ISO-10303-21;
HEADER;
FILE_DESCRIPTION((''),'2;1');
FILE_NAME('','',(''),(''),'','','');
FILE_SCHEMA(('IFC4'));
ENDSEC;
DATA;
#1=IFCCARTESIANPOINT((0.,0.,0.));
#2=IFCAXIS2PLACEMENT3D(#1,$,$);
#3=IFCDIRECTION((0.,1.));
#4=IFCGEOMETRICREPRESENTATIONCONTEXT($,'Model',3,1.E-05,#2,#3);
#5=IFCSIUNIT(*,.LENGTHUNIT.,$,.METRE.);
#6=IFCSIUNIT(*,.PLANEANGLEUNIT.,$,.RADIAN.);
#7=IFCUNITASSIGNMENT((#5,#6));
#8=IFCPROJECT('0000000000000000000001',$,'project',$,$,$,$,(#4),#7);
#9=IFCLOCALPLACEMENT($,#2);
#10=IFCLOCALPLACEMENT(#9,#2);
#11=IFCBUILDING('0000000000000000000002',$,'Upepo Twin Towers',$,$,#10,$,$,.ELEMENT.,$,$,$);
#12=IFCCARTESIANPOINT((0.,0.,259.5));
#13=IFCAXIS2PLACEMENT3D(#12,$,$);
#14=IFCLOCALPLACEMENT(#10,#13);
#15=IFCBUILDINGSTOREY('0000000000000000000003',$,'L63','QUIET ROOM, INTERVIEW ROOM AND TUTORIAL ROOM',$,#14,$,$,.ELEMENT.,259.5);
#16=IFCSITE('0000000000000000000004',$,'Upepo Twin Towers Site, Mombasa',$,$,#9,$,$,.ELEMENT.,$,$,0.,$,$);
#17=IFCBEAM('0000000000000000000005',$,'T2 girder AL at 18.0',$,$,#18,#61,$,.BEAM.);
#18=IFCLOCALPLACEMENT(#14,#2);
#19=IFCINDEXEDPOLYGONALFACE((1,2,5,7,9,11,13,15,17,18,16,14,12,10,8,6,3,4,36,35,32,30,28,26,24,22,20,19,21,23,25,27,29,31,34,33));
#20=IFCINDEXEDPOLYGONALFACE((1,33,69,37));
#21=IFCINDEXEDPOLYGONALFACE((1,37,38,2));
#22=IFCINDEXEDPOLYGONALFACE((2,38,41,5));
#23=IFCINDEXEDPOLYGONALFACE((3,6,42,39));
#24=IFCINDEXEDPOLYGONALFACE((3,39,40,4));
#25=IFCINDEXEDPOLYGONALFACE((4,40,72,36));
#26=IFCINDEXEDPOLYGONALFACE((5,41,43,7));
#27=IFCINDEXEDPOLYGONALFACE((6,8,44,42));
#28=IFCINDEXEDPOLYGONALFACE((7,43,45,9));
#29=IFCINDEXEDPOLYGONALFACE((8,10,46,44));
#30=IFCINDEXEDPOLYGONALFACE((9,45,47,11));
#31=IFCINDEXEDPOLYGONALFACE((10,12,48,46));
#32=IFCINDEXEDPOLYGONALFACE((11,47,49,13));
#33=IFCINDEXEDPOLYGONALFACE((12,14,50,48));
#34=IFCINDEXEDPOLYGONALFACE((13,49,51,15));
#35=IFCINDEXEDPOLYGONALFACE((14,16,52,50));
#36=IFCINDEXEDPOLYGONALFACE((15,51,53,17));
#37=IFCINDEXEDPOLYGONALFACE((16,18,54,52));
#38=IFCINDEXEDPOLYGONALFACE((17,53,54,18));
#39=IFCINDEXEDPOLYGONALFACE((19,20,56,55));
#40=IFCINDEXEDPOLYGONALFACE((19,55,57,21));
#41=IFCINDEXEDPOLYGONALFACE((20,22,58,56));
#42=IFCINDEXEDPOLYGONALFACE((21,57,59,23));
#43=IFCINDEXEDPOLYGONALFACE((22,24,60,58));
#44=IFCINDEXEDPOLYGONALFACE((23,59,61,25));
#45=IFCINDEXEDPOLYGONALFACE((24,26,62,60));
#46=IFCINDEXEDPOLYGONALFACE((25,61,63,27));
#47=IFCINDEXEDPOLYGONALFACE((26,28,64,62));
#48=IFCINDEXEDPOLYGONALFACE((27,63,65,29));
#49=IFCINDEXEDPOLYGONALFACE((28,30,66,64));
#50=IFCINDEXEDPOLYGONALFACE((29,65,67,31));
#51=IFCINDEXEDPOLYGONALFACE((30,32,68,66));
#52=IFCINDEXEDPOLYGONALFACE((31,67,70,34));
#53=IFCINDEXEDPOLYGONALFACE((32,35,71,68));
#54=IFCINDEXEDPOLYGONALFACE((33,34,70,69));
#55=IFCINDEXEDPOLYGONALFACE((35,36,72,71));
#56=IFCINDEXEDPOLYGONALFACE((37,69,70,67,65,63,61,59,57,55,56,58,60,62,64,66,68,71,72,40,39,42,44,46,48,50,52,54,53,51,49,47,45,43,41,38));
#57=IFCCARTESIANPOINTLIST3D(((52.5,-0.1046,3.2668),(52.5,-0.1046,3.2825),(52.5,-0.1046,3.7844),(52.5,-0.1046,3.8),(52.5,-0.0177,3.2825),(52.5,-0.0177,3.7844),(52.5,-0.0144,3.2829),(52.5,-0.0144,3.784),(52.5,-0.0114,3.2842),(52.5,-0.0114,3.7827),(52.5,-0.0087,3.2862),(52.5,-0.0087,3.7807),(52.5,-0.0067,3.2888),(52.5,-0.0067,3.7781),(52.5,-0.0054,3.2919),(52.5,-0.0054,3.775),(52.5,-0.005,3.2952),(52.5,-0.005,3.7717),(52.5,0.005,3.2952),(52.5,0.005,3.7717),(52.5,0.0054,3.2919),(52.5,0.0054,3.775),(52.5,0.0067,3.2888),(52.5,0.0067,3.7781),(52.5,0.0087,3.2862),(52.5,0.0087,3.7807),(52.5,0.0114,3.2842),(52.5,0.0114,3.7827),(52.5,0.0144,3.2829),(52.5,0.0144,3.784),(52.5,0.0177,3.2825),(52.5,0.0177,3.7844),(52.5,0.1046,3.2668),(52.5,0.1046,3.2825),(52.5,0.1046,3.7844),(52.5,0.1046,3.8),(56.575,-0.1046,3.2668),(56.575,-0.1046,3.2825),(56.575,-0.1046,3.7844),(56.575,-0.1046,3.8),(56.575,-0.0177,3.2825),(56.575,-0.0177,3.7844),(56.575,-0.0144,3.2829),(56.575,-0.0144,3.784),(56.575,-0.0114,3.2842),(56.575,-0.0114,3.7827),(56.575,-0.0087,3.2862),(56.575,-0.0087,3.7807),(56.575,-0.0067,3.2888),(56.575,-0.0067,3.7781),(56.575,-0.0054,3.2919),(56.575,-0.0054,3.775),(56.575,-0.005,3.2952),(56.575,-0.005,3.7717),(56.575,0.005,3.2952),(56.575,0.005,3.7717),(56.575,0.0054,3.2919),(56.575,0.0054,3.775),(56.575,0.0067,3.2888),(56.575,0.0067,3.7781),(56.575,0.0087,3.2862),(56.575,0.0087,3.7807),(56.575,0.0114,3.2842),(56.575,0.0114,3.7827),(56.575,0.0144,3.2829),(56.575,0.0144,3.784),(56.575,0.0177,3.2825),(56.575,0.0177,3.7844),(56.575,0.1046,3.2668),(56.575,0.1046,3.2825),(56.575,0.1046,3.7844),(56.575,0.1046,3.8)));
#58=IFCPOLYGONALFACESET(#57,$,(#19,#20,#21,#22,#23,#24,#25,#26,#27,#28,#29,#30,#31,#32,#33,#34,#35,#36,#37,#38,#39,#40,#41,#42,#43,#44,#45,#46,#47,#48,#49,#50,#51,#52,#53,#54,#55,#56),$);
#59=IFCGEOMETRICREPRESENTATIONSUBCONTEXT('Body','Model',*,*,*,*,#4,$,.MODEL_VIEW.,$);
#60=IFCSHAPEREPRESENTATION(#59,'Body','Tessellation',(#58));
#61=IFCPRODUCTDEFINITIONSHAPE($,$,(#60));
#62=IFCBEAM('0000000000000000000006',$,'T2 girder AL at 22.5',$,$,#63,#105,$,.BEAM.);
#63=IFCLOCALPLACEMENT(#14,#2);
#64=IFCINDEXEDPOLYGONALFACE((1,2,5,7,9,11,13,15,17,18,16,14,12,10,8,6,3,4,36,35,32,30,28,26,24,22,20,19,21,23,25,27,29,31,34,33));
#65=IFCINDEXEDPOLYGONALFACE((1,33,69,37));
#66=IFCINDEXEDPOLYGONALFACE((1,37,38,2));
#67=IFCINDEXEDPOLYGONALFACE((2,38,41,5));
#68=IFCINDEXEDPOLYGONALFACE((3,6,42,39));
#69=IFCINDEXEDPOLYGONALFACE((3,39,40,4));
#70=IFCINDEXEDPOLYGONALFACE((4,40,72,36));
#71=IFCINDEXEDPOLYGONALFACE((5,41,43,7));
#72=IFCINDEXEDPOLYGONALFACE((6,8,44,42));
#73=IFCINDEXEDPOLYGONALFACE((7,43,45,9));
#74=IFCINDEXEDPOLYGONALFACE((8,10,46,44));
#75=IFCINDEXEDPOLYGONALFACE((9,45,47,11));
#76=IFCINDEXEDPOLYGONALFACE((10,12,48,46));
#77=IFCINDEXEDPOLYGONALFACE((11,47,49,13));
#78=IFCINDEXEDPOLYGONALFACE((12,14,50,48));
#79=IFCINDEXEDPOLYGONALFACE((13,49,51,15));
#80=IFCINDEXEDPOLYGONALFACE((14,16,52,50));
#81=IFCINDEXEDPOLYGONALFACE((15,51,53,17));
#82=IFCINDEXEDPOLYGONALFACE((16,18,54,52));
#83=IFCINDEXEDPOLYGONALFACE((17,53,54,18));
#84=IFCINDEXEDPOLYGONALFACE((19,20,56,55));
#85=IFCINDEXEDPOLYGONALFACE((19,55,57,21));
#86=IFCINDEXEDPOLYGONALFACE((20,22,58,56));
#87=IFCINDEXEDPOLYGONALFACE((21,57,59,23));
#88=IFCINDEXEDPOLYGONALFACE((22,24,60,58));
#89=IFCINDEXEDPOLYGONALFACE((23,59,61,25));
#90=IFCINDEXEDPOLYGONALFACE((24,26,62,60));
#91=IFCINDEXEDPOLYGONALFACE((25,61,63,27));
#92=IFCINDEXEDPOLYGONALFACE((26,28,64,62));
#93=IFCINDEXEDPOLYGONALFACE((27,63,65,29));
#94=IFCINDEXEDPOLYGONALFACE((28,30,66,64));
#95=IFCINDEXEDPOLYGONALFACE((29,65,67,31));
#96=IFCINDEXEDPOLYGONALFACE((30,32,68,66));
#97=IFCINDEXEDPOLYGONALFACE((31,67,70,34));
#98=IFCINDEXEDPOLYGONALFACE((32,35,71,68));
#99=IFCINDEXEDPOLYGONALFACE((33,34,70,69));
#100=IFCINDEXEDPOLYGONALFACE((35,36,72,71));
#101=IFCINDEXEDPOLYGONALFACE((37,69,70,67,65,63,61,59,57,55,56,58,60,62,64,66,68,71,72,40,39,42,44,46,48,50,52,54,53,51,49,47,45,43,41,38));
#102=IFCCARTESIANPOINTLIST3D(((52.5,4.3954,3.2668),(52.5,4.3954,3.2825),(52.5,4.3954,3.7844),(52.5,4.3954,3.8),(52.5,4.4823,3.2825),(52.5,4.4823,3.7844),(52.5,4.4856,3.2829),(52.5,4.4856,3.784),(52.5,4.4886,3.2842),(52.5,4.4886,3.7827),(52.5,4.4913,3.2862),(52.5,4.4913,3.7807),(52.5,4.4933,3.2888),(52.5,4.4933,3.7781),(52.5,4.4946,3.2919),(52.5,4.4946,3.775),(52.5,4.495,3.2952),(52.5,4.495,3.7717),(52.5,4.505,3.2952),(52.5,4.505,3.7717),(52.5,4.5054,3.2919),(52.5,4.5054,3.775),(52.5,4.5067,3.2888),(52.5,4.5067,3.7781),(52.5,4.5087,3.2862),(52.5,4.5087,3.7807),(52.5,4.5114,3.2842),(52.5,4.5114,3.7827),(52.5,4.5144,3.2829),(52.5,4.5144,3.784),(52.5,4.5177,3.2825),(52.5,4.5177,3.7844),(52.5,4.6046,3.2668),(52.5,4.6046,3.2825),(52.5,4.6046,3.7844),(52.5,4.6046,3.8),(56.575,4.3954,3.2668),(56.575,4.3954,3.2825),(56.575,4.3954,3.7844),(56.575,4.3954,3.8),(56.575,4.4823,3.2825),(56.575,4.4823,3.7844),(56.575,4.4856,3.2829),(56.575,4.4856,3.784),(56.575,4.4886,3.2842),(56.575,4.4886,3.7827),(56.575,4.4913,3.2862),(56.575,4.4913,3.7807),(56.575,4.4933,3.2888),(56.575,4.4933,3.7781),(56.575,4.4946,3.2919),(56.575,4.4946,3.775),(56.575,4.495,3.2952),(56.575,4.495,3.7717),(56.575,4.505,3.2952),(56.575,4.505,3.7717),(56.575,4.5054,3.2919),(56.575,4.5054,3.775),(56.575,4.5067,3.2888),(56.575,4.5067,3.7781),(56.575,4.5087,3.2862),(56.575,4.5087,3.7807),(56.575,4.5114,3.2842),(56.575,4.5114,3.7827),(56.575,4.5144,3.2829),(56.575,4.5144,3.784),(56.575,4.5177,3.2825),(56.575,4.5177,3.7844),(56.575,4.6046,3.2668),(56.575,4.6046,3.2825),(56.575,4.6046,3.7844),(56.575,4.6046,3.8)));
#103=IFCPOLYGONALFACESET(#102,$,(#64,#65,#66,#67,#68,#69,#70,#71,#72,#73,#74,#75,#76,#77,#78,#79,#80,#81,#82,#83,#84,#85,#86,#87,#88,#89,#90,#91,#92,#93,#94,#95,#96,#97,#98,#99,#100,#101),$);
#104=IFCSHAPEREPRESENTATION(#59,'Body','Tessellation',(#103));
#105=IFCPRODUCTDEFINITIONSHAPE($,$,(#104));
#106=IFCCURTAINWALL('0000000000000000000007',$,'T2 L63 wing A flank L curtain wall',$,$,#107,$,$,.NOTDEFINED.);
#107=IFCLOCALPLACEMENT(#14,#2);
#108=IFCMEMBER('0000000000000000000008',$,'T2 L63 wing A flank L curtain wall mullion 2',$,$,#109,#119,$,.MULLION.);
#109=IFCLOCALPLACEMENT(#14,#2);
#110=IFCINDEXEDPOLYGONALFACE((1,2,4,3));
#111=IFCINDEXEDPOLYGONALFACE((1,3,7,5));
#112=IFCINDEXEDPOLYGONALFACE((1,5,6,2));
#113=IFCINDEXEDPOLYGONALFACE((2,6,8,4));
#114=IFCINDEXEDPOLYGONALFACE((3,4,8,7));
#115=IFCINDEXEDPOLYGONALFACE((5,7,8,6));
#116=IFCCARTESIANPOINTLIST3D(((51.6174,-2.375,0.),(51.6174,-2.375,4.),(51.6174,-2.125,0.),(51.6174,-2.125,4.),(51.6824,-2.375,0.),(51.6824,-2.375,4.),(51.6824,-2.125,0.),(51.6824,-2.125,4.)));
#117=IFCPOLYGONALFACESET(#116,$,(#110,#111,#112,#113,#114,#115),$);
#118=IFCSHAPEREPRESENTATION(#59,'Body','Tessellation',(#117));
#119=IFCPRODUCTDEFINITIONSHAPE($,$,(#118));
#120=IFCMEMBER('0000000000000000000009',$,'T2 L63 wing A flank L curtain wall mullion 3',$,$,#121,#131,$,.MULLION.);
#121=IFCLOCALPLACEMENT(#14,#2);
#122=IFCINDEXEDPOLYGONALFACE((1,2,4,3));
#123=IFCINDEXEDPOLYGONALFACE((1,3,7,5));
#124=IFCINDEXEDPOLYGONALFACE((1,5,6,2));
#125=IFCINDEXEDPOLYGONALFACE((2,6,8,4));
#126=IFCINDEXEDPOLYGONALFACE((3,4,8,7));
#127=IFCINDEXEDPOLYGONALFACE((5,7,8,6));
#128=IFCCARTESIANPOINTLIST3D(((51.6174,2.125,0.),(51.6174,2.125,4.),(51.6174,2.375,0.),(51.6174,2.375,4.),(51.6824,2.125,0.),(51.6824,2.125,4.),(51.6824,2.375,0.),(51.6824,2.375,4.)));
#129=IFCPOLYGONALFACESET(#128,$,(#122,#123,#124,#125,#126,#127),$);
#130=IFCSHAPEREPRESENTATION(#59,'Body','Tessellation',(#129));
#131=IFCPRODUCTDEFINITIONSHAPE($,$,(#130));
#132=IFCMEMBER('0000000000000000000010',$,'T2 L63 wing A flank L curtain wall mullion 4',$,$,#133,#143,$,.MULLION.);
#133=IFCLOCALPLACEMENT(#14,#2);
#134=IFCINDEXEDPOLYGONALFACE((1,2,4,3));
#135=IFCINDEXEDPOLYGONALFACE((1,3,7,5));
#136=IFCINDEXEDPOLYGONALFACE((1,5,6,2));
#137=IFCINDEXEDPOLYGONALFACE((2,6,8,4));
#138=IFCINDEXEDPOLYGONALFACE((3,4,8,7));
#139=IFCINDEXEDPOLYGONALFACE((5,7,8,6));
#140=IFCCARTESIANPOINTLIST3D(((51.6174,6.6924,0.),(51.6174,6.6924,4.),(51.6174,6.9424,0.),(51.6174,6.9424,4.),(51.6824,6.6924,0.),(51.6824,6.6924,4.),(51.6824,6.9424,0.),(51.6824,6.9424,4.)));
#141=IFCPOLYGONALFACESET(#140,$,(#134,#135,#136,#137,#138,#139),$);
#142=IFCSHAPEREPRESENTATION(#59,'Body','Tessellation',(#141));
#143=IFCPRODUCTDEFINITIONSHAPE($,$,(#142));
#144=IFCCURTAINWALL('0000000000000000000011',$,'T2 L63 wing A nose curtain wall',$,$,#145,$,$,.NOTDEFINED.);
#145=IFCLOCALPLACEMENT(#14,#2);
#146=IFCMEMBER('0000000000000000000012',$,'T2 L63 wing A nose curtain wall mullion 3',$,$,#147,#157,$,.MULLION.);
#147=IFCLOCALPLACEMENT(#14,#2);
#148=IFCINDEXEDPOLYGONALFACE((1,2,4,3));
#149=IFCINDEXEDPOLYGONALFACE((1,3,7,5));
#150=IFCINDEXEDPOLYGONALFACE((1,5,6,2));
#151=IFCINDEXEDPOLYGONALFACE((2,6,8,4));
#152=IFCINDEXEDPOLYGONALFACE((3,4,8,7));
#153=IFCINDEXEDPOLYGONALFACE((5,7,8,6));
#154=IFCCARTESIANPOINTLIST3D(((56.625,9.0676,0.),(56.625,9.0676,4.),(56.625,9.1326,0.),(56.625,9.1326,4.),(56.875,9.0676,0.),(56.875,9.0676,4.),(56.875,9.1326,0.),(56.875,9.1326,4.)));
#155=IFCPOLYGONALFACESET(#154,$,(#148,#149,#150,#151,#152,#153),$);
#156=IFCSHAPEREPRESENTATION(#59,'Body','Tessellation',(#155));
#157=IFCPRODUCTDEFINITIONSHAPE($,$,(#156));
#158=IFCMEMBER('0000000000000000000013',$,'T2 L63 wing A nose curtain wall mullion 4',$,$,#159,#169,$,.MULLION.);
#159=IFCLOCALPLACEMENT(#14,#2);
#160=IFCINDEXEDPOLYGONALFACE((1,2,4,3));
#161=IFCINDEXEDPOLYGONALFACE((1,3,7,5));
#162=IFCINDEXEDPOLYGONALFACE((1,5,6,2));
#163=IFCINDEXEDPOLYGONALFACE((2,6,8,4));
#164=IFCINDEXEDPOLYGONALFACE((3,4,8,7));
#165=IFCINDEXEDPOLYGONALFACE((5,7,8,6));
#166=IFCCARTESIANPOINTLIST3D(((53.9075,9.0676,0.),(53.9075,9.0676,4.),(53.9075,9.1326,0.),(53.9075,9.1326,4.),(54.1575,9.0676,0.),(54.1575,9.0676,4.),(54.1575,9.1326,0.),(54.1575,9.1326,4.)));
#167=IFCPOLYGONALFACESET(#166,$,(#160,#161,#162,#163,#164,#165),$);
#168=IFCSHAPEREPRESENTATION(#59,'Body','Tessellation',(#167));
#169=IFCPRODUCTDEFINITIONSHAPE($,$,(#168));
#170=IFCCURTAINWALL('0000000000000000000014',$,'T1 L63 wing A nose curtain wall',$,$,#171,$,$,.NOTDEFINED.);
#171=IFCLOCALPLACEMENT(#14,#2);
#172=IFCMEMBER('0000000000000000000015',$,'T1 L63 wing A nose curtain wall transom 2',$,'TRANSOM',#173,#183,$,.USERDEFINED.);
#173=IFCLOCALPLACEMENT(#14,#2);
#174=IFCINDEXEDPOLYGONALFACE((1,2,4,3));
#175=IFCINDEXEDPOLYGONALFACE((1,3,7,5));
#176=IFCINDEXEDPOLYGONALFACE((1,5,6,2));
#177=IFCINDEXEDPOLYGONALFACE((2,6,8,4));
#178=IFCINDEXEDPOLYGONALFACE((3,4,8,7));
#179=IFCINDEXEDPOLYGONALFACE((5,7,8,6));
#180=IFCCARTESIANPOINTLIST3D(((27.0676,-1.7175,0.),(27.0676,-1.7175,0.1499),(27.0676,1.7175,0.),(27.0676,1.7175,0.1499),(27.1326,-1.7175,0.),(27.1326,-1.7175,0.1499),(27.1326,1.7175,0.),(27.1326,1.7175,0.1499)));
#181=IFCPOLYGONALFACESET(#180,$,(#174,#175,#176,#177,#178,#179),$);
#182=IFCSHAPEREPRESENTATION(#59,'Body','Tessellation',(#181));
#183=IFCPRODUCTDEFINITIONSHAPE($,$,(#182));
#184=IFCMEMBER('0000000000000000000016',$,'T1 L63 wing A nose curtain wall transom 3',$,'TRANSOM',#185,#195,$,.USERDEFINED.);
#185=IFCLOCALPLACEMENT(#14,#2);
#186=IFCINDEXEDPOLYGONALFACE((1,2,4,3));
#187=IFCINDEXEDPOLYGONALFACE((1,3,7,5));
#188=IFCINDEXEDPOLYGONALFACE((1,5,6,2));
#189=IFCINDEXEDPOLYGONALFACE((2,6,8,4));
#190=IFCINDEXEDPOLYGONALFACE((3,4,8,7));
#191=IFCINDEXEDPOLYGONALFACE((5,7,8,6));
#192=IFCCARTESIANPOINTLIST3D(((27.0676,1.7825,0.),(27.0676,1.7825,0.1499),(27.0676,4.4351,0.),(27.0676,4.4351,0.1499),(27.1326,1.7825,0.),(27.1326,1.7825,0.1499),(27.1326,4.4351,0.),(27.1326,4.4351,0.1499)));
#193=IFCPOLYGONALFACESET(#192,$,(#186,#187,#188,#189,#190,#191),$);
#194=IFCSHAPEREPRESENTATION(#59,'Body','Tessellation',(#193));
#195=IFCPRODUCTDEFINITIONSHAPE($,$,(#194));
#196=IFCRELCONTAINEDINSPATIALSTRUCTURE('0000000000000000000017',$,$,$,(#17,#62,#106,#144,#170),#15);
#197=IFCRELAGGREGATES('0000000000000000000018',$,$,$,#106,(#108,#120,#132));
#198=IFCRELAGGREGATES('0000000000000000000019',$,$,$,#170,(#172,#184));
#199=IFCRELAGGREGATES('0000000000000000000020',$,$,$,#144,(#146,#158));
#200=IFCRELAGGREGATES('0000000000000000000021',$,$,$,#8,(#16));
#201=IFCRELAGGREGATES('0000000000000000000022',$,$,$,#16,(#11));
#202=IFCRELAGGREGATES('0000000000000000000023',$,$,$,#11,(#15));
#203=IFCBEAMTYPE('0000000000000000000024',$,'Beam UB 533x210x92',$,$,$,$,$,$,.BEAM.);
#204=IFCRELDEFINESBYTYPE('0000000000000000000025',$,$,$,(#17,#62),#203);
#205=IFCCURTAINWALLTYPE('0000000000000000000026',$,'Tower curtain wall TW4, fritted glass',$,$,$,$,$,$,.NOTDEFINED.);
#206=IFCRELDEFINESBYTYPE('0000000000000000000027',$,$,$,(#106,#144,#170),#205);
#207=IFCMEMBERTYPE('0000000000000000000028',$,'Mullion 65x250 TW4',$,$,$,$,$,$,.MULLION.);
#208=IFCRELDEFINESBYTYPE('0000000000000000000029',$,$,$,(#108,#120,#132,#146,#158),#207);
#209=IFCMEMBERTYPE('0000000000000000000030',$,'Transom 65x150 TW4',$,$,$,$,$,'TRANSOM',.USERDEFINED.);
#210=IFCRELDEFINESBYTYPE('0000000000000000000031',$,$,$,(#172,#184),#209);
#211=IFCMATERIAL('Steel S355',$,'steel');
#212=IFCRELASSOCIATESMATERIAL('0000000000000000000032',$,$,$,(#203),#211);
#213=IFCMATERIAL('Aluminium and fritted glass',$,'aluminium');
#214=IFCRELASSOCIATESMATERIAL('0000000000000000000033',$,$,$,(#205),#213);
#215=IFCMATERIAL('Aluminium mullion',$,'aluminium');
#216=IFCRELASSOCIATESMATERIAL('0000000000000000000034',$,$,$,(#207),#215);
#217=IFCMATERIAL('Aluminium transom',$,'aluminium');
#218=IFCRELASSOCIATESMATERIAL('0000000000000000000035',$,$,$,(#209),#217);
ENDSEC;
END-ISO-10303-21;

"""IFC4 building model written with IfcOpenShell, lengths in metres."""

from ifc_helpers import new_model, si_unit, direction, frame, origin, origin_2d, place, context, subcontext, project, spatial, rectangle, i_section, extrude, material, material_profile, profile_set, type_object, element, aggregate, save


model = new_model("IFC4")

# Units and contexts
model_context = context("Model", 3, precision=1e-05, world=origin(), true_north=direction((0.0, 1.0)))
body_context = subcontext(model_context, "Body", "Model", "MODEL_VIEW")
ifc_project = project(units=[si_unit("LENGTHUNIT", "METRE"), si_unit("PLANEANGLEUNIT", "RADIAN")], contexts=[model_context])

# Site, building, storey
site_placement = place(None, origin())
site = spatial("IfcSite", under=ifc_project, at=site_placement, Name="Upepo Twin Towers Site, Mombasa", CompositionType="ELEMENT", RefElevation=0.0)
building_placement = place(site_placement, origin())
building = spatial("IfcBuilding", under=site, at=building_placement, Name="Upepo Twin Towers", CompositionType="ELEMENT")
storey_placement = place(building_placement, frame((0.0, 0.0, 259.5)))
storey = spatial("IfcBuildingStorey", under=building, at=storey_placement, Name="L63", Description="QUIET ROOM, INTERVIEW ROOM AND TUTORIAL ROOM", CompositionType="ELEMENT", Elevation=259.5)

# Beams
ifc_material_1 = material(Name="Steel S355", Category="steel")
ifc_material_profile_1 = material_profile(ifc_material_1, i_section(OverallWidth=0.2092, OverallDepth=0.5332, WebThickness=0.01, FlangeThickness=0.0156, FilletRadius=0.0127, at=origin_2d()), Name="UB 533x210x92")
ifc_profile_set_1 = profile_set([ifc_material_profile_1], Name="Steel S355")
beam_type_1 = type_object("IfcBeamType", Name="Beam UB 533x210x92", PredefinedType="BEAM", material=ifc_profile_set_1)
for number, where, z_axis, x_axis, name in (
    (1, (52.5, 0.0, 3.5334), (1.0, 0.0, 0.0), (0.0, 1.0, 0.0), "T2 girder AL at 18.0"),
    (2, (52.5, 4.5, 3.5334), (1.0, 0.0, 0.0), (0.0, 1.0, 0.0), "T2 girder AL at 22.5"),
):
    element("IfcBeam", number, at=place(storey_placement, frame(where, z_axis=z_axis, x_axis=x_axis)), inside=storey, type_object=beam_type_1, Name=name, PredefinedType="BEAM", context=body_context, shape_type="SweptSolid", body=[
        extrude(i_section(OverallWidth=0.2092, OverallDepth=0.5332, WebThickness=0.01, FlangeThickness=0.0156, FilletRadius=0.0127, at=origin_2d()), origin(), (0.0, 0.0, 1.0), 4.075),
    ])

# Curtain walls, members
ifc_material_2 = material(Name="Aluminium and fritted glass", Category="aluminium")
curtain_wall_type = type_object("IfcCurtainWallType", Name="Tower curtain wall TW4, fritted glass", PredefinedType="NOTDEFINED", material=ifc_material_2)
curtain_wall_1_placement = place(storey_placement, origin())
curtain_wall_1 = element("IfcCurtainWall", 3, at=curtain_wall_1_placement, inside=storey, type_object=curtain_wall_type, Name="T2 L63 wing A flank L curtain wall", PredefinedType="NOTDEFINED")
ifc_material_3 = material(Name="Aluminium mullion", Category="aluminium")
ifc_material_profile_2 = material_profile(ifc_material_3, rectangle(XDim=0.0649, YDim=0.25, at=origin_2d()), Name="MULLION 65x250")
ifc_profile_set_2 = profile_set([ifc_material_profile_2], Name="Aluminium mullion")
member_type_1 = type_object("IfcMemberType", Name="Mullion 65x250 TW4", PredefinedType="MULLION", material=ifc_profile_set_2)
member_1_placement = place(storey_placement, frame((51.6499, -2.25, 0.0), z_axis=(0.0, 0.0, 1.0), x_axis=(-1.0, 0.0, 0.0)))
member_1 = element("IfcMember", 4, at=member_1_placement, type_object=member_type_1, Name="T2 L63 wing A flank L curtain wall mullion 2", PredefinedType="MULLION", context=body_context, shape_type="SweptSolid", body=[
    extrude(rectangle(XDim=0.0649, YDim=0.25, at=origin_2d()), origin(), (0.0, 0.0, 1.0), 4.0),
])
member_2_placement = place(storey_placement, frame((51.6499, 2.25, 0.0), z_axis=(0.0, 0.0, 1.0), x_axis=(-1.0, 0.0, 0.0)))
member_2 = element("IfcMember", 5, at=member_2_placement, type_object=member_type_1, Name="T2 L63 wing A flank L curtain wall mullion 3", PredefinedType="MULLION", context=body_context, shape_type="SweptSolid", body=[
    extrude(rectangle(XDim=0.0649, YDim=0.25, at=origin_2d()), origin(), (0.0, 0.0, 1.0), 4.0),
])
member_3_placement = place(storey_placement, frame((51.6499, 6.8174, 0.0), z_axis=(0.0, 0.0, 1.0), x_axis=(-1.0, 0.0, 0.0)))
member_3 = element("IfcMember", 6, at=member_3_placement, type_object=member_type_1, Name="T2 L63 wing A flank L curtain wall mullion 4", PredefinedType="MULLION", context=body_context, shape_type="SweptSolid", body=[
    extrude(rectangle(XDim=0.0649, YDim=0.25, at=origin_2d()), origin(), (0.0, 0.0, 1.0), 4.0),
])
curtain_wall_2_placement = place(storey_placement, origin())
curtain_wall_2 = element("IfcCurtainWall", 7, at=curtain_wall_2_placement, inside=storey, type_object=curtain_wall_type, Name="T2 L63 wing A nose curtain wall", PredefinedType="NOTDEFINED")
member_4_placement = place(storey_placement, frame((56.75, 9.1001, 0.0), z_axis=(0.0, 0.0, 1.0), x_axis=(0.0, -1.0, 0.0)))
member_4 = element("IfcMember", 8, at=member_4_placement, type_object=member_type_1, Name="T2 L63 wing A nose curtain wall mullion 3", PredefinedType="MULLION", context=body_context, shape_type="SweptSolid", body=[
    extrude(rectangle(XDim=0.0649, YDim=0.25, at=origin_2d()), origin(), (0.0, 0.0, 1.0), 4.0),
])
member_5_placement = place(storey_placement, frame((54.0325, 9.1001, 0.0), z_axis=(0.0, 0.0, 1.0), x_axis=(0.0, -1.0, 0.0)))
member_5 = element("IfcMember", 9, at=member_5_placement, type_object=member_type_1, Name="T2 L63 wing A nose curtain wall mullion 4", PredefinedType="MULLION", context=body_context, shape_type="SweptSolid", body=[
    extrude(rectangle(XDim=0.0649, YDim=0.25, at=origin_2d()), origin(), (0.0, 0.0, 1.0), 4.0),
])
curtain_wall_3_placement = place(storey_placement, origin())
curtain_wall_3 = element("IfcCurtainWall", 10, at=curtain_wall_3_placement, inside=storey, type_object=curtain_wall_type, Name="T1 L63 wing A nose curtain wall", PredefinedType="NOTDEFINED")
ifc_material_4 = material(Name="Aluminium transom", Category="aluminium")
ifc_material_profile_3 = material_profile(ifc_material_4, rectangle(XDim=0.0649, YDim=0.1499, at=origin_2d()), Name="TRANSOM 65x150")
ifc_profile_set_3 = profile_set([ifc_material_profile_3], Name="Aluminium transom")
member_type_2 = type_object("IfcMemberType", Name="Transom 65x150 TW4", ElementType="TRANSOM", PredefinedType="USERDEFINED", material=ifc_profile_set_3)
member_6_placement = place(storey_placement, frame((27.1001, -1.7175, 0.075), z_axis=(0.0, 1.0, 0.0), x_axis=(-1.0, 0.0, 0.0)))
member_6 = element("IfcMember", 11, at=member_6_placement, type_object=member_type_2, Name="T1 L63 wing A nose curtain wall transom 2", ObjectType="TRANSOM", PredefinedType="USERDEFINED", context=body_context, shape_type="SweptSolid", body=[
    extrude(rectangle(XDim=0.0649, YDim=0.1499, at=origin_2d()), origin(), (0.0, 0.0, 1.0), 3.4351),
])
member_7_placement = place(storey_placement, frame((27.1001, 1.7825, 0.075), z_axis=(0.0, 1.0, 0.0), x_axis=(-1.0, 0.0, 0.0)))
member_7 = element("IfcMember", 12, at=member_7_placement, type_object=member_type_2, Name="T1 L63 wing A nose curtain wall transom 3", ObjectType="TRANSOM", PredefinedType="USERDEFINED", context=body_context, shape_type="SweptSolid", body=[
    extrude(rectangle(XDim=0.0649, YDim=0.1499, at=origin_2d()), origin(), (0.0, 0.0, 1.0), 2.6526),
])

aggregate(curtain_wall_1, [member_1, member_2, member_3])
aggregate(curtain_wall_3, [member_6, member_7])
aggregate(curtain_wall_2, [member_4, member_5])

save(model, "model.ifc")
